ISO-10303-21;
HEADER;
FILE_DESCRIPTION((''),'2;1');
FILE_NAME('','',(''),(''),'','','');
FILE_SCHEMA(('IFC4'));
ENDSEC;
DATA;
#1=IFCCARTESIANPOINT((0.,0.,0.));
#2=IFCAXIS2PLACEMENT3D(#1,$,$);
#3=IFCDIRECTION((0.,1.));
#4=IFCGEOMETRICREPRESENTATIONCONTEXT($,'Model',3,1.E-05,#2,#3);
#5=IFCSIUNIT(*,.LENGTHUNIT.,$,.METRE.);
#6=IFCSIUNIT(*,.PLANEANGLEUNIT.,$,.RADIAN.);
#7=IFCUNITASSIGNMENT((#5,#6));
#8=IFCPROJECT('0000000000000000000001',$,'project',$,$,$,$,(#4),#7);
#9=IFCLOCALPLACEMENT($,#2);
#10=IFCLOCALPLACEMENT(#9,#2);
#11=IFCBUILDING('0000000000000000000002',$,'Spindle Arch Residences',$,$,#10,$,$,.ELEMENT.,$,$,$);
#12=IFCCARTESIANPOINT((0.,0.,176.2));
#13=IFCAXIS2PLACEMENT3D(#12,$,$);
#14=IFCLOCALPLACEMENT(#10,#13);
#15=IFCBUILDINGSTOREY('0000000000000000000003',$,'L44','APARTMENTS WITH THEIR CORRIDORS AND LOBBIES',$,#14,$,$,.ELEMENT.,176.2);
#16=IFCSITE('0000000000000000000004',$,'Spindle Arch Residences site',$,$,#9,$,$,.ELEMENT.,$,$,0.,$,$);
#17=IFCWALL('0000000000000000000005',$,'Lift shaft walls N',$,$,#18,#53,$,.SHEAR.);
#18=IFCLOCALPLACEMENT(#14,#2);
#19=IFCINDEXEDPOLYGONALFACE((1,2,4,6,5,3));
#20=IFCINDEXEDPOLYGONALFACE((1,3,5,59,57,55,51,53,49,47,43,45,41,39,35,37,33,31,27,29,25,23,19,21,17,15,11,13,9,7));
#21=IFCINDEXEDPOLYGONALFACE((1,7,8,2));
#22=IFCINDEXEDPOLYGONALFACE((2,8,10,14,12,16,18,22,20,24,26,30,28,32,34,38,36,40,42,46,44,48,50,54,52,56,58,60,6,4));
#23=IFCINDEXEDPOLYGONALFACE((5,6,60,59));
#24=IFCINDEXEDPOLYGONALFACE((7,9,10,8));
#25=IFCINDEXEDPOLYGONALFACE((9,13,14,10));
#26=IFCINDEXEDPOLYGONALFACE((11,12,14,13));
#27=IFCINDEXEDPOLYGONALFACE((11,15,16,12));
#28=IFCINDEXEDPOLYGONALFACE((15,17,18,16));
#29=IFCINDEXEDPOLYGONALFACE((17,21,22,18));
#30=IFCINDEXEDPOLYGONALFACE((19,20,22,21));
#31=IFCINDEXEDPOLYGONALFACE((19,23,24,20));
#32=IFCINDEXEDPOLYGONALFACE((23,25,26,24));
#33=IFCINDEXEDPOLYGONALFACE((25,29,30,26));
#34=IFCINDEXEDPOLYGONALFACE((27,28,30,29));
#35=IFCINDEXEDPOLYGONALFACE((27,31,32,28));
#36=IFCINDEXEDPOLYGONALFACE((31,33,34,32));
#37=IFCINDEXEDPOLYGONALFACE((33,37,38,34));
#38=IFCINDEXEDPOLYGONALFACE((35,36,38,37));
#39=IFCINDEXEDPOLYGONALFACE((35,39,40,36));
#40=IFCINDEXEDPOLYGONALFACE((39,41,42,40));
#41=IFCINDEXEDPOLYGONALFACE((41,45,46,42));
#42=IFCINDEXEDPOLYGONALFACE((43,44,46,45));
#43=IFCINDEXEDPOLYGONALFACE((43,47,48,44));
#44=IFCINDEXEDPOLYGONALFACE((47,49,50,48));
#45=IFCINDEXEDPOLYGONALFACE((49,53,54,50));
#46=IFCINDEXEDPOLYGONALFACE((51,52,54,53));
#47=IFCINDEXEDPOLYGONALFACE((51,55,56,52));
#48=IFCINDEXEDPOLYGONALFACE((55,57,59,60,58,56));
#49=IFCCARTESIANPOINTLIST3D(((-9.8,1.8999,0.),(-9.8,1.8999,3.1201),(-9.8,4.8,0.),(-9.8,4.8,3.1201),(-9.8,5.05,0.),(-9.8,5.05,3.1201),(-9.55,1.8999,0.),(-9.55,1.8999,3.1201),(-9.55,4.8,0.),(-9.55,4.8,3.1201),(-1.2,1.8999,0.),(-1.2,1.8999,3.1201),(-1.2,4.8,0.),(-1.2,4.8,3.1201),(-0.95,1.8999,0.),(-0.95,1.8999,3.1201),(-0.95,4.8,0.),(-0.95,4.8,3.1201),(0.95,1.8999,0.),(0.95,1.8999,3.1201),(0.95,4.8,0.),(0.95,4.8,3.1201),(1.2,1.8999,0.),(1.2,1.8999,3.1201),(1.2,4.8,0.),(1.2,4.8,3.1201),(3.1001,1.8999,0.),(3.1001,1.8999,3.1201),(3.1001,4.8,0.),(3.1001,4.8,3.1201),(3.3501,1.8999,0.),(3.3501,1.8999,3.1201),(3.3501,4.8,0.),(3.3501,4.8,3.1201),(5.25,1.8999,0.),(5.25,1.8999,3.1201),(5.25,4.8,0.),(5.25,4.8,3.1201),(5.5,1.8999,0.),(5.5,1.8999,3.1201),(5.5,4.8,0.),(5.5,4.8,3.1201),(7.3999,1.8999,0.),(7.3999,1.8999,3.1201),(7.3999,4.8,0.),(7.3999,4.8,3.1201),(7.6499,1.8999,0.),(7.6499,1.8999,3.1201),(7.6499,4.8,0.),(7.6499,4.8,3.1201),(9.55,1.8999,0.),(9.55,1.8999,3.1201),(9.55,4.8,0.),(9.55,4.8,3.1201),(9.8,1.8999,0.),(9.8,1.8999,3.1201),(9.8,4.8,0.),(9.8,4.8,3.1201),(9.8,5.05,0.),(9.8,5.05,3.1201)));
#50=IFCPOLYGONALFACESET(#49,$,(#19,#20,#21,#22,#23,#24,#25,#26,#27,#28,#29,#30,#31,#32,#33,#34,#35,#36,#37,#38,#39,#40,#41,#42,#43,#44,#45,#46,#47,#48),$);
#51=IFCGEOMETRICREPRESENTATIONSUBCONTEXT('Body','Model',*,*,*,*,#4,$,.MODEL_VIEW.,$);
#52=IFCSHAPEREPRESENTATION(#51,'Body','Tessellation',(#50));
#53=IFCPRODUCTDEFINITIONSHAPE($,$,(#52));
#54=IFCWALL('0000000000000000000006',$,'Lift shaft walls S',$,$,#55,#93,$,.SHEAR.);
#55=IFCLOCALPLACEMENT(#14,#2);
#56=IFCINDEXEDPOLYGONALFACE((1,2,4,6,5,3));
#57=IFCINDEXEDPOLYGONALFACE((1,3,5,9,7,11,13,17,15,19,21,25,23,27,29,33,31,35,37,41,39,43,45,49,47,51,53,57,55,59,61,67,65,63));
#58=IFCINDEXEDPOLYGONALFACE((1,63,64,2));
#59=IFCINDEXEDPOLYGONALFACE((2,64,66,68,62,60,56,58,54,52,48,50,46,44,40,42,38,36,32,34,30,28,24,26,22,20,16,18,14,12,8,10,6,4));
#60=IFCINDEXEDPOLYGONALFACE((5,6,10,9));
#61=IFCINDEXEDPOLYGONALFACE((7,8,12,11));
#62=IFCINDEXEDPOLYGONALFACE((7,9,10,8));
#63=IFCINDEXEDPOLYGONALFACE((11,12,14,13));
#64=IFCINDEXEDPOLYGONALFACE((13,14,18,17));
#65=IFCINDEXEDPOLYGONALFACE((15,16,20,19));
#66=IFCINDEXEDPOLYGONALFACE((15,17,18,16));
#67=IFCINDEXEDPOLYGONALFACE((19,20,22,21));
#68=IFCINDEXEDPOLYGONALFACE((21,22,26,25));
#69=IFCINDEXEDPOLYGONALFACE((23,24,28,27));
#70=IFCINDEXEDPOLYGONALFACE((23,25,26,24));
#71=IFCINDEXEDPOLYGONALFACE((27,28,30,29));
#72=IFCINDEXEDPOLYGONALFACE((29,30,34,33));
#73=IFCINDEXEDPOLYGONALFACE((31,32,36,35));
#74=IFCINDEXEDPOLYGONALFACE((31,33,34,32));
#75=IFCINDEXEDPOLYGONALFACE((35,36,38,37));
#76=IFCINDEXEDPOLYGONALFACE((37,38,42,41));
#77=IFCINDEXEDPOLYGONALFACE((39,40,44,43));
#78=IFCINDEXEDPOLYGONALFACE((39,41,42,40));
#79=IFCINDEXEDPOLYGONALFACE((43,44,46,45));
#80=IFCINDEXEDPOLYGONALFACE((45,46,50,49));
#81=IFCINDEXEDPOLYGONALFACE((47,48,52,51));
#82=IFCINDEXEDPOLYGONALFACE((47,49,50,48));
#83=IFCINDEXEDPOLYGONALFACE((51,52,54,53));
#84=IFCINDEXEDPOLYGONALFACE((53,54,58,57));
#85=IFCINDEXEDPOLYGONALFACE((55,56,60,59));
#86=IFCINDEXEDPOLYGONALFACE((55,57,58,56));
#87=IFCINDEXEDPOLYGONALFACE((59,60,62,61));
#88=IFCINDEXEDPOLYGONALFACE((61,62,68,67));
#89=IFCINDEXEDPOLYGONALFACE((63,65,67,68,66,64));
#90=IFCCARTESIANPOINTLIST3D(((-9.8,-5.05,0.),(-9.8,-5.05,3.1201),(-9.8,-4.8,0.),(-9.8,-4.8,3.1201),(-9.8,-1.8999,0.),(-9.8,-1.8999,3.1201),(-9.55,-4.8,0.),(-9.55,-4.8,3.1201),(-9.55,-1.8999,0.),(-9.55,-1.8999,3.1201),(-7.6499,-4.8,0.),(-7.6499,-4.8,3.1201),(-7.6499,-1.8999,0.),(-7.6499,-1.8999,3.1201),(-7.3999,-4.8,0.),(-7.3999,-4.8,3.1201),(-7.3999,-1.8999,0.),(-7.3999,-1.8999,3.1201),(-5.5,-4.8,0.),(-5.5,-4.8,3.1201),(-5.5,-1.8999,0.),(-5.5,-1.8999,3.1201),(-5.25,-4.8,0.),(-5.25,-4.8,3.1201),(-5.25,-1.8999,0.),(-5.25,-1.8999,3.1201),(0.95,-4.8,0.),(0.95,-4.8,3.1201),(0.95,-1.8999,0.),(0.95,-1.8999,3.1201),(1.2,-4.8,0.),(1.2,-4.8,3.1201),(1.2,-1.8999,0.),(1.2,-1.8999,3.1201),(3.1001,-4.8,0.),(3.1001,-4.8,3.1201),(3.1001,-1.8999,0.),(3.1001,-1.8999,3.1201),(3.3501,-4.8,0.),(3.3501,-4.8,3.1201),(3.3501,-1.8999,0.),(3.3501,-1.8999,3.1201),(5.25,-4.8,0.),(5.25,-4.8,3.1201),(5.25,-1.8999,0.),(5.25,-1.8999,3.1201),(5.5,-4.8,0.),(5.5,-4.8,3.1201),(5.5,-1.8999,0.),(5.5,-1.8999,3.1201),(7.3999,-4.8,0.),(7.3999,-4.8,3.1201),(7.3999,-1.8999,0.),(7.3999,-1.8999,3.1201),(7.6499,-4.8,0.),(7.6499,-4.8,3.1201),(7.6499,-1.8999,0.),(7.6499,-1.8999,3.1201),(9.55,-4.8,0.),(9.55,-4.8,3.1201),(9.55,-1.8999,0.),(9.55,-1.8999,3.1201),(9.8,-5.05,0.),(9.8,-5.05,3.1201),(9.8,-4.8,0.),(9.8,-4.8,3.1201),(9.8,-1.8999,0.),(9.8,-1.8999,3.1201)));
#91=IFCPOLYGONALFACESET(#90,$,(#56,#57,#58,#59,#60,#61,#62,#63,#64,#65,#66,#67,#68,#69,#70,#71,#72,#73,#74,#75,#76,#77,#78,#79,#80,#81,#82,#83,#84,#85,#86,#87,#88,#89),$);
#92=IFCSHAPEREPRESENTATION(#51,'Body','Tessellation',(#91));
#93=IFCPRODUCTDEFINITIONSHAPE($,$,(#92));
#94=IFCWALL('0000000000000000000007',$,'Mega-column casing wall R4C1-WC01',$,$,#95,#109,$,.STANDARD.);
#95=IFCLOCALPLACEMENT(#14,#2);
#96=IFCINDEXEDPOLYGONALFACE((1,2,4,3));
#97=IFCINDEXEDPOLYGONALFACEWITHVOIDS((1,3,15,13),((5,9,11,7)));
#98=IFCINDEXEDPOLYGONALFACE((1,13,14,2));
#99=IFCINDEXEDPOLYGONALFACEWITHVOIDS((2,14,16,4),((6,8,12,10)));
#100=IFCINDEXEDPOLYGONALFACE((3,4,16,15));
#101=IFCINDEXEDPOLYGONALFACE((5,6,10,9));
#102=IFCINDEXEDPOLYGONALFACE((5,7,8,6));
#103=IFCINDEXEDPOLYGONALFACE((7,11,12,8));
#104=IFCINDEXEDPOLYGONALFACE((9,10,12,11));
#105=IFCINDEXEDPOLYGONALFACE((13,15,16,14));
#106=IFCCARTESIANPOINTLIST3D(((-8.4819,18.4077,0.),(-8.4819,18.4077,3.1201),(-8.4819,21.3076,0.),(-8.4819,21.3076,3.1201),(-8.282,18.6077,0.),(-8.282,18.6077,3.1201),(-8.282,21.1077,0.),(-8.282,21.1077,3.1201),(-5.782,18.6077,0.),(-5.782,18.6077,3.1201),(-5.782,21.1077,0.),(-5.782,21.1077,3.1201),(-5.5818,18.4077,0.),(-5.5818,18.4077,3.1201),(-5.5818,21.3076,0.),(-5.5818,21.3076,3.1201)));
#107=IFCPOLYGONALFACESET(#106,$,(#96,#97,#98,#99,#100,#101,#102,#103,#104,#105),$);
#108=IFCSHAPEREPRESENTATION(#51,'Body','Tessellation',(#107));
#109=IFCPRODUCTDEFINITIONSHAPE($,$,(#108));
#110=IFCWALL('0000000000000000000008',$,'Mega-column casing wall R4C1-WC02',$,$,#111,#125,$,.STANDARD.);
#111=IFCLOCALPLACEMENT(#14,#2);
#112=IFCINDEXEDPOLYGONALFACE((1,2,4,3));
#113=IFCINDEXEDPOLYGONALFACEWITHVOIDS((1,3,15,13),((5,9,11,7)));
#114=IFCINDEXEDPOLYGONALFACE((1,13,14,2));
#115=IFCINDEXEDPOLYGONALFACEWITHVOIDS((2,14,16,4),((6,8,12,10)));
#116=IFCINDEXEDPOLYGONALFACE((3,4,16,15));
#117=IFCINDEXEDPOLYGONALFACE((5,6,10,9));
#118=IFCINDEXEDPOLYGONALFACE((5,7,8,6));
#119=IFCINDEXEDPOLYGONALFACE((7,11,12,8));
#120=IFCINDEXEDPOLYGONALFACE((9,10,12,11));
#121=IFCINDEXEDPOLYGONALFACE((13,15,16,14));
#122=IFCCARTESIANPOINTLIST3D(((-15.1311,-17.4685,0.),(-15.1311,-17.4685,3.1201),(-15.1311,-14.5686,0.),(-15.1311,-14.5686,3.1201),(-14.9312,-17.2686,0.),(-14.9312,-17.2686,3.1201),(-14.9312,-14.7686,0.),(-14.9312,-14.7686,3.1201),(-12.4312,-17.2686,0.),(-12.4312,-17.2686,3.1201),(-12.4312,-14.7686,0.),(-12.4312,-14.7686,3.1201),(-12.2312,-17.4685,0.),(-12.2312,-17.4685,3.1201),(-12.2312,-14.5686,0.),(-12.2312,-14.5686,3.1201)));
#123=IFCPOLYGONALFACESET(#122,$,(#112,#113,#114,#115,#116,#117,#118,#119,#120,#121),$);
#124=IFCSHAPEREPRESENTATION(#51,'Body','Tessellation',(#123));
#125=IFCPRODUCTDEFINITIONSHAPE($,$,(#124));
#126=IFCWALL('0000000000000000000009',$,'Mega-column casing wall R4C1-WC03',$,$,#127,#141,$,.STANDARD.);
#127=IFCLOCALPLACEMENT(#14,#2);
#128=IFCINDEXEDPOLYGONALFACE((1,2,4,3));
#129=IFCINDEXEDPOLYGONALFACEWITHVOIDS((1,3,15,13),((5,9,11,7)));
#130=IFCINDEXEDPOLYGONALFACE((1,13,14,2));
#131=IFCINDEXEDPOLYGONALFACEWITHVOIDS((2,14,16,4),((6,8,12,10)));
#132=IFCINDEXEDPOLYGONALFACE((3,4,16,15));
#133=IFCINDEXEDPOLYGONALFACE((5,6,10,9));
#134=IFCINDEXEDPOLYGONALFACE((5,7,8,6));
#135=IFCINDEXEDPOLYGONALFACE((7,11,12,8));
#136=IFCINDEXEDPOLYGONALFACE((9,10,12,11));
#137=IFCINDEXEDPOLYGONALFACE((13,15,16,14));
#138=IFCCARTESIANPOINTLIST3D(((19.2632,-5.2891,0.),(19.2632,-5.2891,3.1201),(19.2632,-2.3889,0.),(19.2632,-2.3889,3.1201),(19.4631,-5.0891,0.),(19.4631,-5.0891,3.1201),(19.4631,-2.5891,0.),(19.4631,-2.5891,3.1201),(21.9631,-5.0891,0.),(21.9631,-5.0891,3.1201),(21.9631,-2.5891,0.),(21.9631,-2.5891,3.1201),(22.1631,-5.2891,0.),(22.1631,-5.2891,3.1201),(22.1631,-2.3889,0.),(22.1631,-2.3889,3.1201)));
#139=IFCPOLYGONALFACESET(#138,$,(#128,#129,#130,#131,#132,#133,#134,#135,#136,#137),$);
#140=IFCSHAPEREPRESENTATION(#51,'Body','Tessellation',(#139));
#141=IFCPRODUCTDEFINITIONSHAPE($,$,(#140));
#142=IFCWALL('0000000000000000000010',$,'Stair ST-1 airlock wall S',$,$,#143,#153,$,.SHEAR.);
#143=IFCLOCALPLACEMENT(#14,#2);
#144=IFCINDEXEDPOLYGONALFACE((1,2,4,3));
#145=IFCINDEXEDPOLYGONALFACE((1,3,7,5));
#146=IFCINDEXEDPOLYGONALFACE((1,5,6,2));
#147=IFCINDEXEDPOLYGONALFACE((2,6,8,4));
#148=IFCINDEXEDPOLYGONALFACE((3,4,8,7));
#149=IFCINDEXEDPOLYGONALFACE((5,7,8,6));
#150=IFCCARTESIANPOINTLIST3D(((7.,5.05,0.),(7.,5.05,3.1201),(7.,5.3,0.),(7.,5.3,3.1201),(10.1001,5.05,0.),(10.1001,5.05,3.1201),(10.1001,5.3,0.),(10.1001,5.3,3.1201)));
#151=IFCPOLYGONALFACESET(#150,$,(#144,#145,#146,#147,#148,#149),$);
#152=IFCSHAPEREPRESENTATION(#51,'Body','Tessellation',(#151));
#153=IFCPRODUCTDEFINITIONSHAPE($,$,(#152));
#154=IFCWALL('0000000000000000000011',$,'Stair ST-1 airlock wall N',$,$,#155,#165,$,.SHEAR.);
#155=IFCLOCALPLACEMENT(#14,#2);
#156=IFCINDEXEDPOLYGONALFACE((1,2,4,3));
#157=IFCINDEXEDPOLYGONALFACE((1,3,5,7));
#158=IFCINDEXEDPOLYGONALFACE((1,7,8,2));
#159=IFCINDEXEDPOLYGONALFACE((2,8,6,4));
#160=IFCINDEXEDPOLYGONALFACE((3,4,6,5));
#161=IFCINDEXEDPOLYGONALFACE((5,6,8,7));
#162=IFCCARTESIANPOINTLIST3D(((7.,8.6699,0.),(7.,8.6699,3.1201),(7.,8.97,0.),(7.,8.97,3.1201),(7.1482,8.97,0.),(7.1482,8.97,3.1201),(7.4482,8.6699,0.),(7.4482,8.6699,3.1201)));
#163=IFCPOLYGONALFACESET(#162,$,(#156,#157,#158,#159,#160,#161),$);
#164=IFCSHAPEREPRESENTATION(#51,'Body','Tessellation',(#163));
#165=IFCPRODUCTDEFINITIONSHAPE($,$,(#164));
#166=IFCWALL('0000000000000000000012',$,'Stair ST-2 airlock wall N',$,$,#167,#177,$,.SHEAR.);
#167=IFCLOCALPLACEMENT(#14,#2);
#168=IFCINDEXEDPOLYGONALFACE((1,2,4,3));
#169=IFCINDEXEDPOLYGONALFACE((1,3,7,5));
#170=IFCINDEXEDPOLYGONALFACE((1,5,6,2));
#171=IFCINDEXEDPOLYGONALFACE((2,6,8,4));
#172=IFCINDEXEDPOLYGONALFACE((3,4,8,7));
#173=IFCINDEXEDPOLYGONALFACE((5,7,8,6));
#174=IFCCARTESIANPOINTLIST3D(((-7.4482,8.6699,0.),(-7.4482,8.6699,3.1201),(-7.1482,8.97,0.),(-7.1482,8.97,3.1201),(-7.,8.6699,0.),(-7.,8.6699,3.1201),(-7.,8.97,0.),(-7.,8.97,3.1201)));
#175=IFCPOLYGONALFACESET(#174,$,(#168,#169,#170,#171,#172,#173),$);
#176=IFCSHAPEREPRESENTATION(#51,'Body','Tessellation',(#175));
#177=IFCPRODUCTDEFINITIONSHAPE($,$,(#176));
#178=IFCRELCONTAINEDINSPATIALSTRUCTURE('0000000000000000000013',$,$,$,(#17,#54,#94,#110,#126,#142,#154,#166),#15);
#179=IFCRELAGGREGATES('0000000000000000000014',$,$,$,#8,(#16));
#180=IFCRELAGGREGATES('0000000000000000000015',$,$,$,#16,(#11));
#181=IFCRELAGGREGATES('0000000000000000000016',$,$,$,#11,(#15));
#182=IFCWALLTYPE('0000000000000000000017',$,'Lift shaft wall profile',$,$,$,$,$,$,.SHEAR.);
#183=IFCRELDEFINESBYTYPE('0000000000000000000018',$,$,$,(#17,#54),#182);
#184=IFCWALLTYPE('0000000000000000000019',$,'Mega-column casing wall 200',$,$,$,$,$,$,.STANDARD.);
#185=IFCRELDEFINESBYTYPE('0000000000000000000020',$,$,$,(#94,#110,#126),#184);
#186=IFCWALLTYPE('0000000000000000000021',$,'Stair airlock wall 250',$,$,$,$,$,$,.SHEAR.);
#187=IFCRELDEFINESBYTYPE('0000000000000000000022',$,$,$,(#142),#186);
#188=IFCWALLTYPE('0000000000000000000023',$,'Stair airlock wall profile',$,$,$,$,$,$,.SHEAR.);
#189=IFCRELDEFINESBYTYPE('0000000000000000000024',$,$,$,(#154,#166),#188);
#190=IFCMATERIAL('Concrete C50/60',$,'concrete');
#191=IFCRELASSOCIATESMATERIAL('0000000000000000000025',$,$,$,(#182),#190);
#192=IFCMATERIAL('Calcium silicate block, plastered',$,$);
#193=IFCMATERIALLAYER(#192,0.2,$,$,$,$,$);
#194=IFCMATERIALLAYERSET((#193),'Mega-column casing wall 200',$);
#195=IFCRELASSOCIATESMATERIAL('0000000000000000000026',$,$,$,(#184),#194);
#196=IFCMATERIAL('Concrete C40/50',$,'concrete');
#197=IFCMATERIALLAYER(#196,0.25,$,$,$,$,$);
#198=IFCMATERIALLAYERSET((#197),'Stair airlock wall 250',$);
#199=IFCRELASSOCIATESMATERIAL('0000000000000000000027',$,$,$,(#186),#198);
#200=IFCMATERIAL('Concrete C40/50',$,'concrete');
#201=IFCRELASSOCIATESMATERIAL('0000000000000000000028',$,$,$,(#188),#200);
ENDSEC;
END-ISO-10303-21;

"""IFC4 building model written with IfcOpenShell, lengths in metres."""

from ifc_helpers import new_model, si_unit, direction, frame, frame_2d, origin, place, context, subcontext, project, spatial, polyline, rectangle, outline, extrude, material, layer, layer_set, type_object, element, save


model = new_model("IFC4")

# Units and contexts
model_context = context("Model", 3, precision=1e-05, world=origin(), true_north=direction((0.0, 1.0)))
body_context = subcontext(model_context, "Body", "Model", "MODEL_VIEW")
ifc_project = project(units=[si_unit("LENGTHUNIT", "METRE"), si_unit("PLANEANGLEUNIT", "RADIAN")], contexts=[model_context])

# Site, building, storey
site_placement = place(None, origin())
site = spatial("IfcSite", under=ifc_project, at=site_placement, Name="Spindle Arch Residences site", CompositionType="ELEMENT", RefElevation=0.0)
building_placement = place(site_placement, origin())
building = spatial("IfcBuilding", under=site, at=building_placement, Name="Spindle Arch Residences", CompositionType="ELEMENT")
storey_placement = place(building_placement, frame((0.0, 0.0, 176.2)))
storey = spatial("IfcBuildingStorey", under=building, at=storey_placement, Name="L44", Description="APARTMENTS WITH THEIR CORRIDORS AND LOBBIES", CompositionType="ELEMENT", Elevation=176.2)

# Walls
ifc_material_1 = material(Name="Concrete C50/60", Category="concrete")
wall_type_1 = type_object("IfcWallType", Name="Lift shaft wall profile", PredefinedType="SHEAR", material=ifc_material_1)
wall_1_placement = place(storey_placement, origin())
element("IfcWall", 1, at=wall_1_placement, inside=storey, type_object=wall_type_1, Name="Lift shaft walls N", PredefinedType="SHEAR", context=body_context, shape_type="SweptSolid", body=[
    extrude(outline(polyline([(-9.55, 4.8), (-1.2, 4.8), (-1.2, 1.8999), (-0.95, 1.8999), (-0.95, 4.8), (0.95, 4.8), (0.95, 1.8999), (1.2, 1.8999), (1.2, 4.8), (3.1001, 4.8), (3.1001, 1.8999), (3.3501, 1.8999), (3.3501, 4.8), (5.25, 4.8), (5.25, 1.8999), (5.5, 1.8999), (5.5, 4.8), (7.3999, 4.8), (7.3999, 1.8999), (7.6499, 1.8999), (7.6499, 4.8), (9.55, 4.8), (9.55, 1.8999), (9.8, 1.8999), (9.8, 4.8), (9.8, 5.05), (-9.8, 5.05), (-9.8, 4.8), (-9.8, 1.8999), (-9.55, 1.8999), (-9.55, 4.8)])), origin(), (0.0, 0.0, 1.0), 3.1201),
])
wall_2_placement = place(storey_placement, origin())
element("IfcWall", 2, at=wall_2_placement, inside=storey, type_object=wall_type_1, Name="Lift shaft walls S", PredefinedType="SHEAR", context=body_context, shape_type="SweptSolid", body=[
    extrude(outline(polyline([(9.8, -5.05), (9.8, -4.8), (9.8, -1.8999), (9.55, -1.8999), (9.55, -4.8), (7.6499, -4.8), (7.6499, -1.8999), (7.3999, -1.8999), (7.3999, -4.8), (5.5, -4.8), (5.5, -1.8999), (5.25, -1.8999), (5.25, -4.8), (3.3501, -4.8), (3.3501, -1.8999), (3.1001, -1.8999), (3.1001, -4.8), (1.2, -4.8), (1.2, -1.8999), (0.95, -1.8999), (0.95, -4.8), (-5.25, -4.8), (-5.25, -1.8999), (-5.5, -1.8999), (-5.5, -4.8), (-7.3999, -4.8), (-7.3999, -1.8999), (-7.6499, -1.8999), (-7.6499, -4.8), (-9.55, -4.8), (-9.55, -1.8999), (-9.8, -1.8999), (-9.8, -4.8), (-9.8, -5.05), (9.8, -5.05)])), origin(), (0.0, 0.0, 1.0), 3.1201),
])
ifc_material_2 = material(Name="Calcium silicate block, plastered")
ifc_layer_1 = layer(ifc_material_2, 0.2)
ifc_layer_set_1 = layer_set([ifc_layer_1], Name="Mega-column casing wall 200")
wall_type_2 = type_object("IfcWallType", Name="Mega-column casing wall 200", PredefinedType="STANDARD", material=ifc_layer_set_1)
wall_3_placement = place(storey_placement, origin())
element("IfcWall", 3, at=wall_3_placement, inside=storey, type_object=wall_type_2, Name="Mega-column casing wall R4C1-WC01", PredefinedType="STANDARD", context=body_context, shape_type="SweptSolid", body=[
    extrude(outline(polyline([(-5.5818, 21.3076), (-5.5818, 18.4077), (-8.4819, 18.4077), (-8.4819, 21.3076), (-5.5818, 21.3076)]), holes=[polyline([(-8.282, 18.6077), (-5.782, 18.6077), (-5.782, 21.1077), (-8.282, 21.1077), (-8.282, 18.6077)])]), origin(), (0.0, 0.0, 1.0), 3.1201),
])
wall_4_placement = place(storey_placement, origin())
element("IfcWall", 4, at=wall_4_placement, inside=storey, type_object=wall_type_2, Name="Mega-column casing wall R4C1-WC02", PredefinedType="STANDARD", context=body_context, shape_type="SweptSolid", body=[
    extrude(outline(polyline([(-12.2312, -14.5686), (-12.2312, -17.4685), (-15.1311, -17.4685), (-15.1311, -14.5686), (-12.2312, -14.5686)]), holes=[polyline([(-14.9312, -17.2686), (-12.4312, -17.2686), (-12.4312, -14.7686), (-14.9312, -14.7686), (-14.9312, -17.2686)])]), origin(), (0.0, 0.0, 1.0), 3.1201),
])
wall_5_placement = place(storey_placement, origin())
element("IfcWall", 5, at=wall_5_placement, inside=storey, type_object=wall_type_2, Name="Mega-column casing wall R4C1-WC03", PredefinedType="STANDARD", context=body_context, shape_type="SweptSolid", body=[
    extrude(outline(polyline([(22.1631, -2.3889), (22.1631, -5.2891), (19.2632, -5.2891), (19.2632, -2.3889), (22.1631, -2.3889)]), holes=[polyline([(19.4631, -5.0891), (21.9631, -5.0891), (21.9631, -2.5891), (19.4631, -2.5891), (19.4631, -5.0891)])]), origin(), (0.0, 0.0, 1.0), 3.1201),
])
ifc_material_3 = material(Name="Concrete C40/50", Category="concrete")
ifc_layer_2 = layer(ifc_material_3, 0.25)
ifc_layer_set_2 = layer_set([ifc_layer_2], Name="Stair airlock wall 250")
wall_type_3 = type_object("IfcWallType", Name="Stair airlock wall 250", PredefinedType="SHEAR", material=ifc_layer_set_2)
wall_6_placement = place(storey_placement, frame((7.0, 5.175, 0.0), z_axis=(0.0, 0.0, 1.0), x_axis=(1.0, 0.0, 0.0)))
element("IfcWall", 6, at=wall_6_placement, inside=storey, type_object=wall_type_3, Name="Stair ST-1 airlock wall S", PredefinedType="SHEAR", context=body_context, shape_type="SweptSolid", body=[
    extrude(rectangle(XDim=3.1001, YDim=0.25, at=frame_2d((1.55, 0.0))), origin(), (0.0, 0.0, 1.0), 3.1201),
])
ifc_material_4 = material(Name="Concrete C40/50", Category="concrete")
wall_type_4 = type_object("IfcWallType", Name="Stair airlock wall profile", PredefinedType="SHEAR", material=ifc_material_4)
wall_7_placement = place(storey_placement, origin())
element("IfcWall", 7, at=wall_7_placement, inside=storey, type_object=wall_type_4, Name="Stair ST-1 airlock wall N", PredefinedType="SHEAR", context=body_context, shape_type="SweptSolid", body=[
    extrude(outline(polyline([(7.4482, 8.6699), (7.0, 8.6699), (7.0, 8.97), (7.1482, 8.97), (7.4482, 8.6699)])), origin(), (0.0, 0.0, 1.0), 3.1201),
])
wall_8_placement = place(storey_placement, origin())
element("IfcWall", 8, at=wall_8_placement, inside=storey, type_object=wall_type_4, Name="Stair ST-2 airlock wall N", PredefinedType="SHEAR", context=body_context, shape_type="SweptSolid", body=[
    extrude(outline(polyline([(-7.1482, 8.97), (-7.0, 8.97), (-7.0, 8.6699), (-7.4482, 8.6699), (-7.1482, 8.97)])), origin(), (0.0, 0.0, 1.0), 3.1201),
])

save(model, "model.ifc")
